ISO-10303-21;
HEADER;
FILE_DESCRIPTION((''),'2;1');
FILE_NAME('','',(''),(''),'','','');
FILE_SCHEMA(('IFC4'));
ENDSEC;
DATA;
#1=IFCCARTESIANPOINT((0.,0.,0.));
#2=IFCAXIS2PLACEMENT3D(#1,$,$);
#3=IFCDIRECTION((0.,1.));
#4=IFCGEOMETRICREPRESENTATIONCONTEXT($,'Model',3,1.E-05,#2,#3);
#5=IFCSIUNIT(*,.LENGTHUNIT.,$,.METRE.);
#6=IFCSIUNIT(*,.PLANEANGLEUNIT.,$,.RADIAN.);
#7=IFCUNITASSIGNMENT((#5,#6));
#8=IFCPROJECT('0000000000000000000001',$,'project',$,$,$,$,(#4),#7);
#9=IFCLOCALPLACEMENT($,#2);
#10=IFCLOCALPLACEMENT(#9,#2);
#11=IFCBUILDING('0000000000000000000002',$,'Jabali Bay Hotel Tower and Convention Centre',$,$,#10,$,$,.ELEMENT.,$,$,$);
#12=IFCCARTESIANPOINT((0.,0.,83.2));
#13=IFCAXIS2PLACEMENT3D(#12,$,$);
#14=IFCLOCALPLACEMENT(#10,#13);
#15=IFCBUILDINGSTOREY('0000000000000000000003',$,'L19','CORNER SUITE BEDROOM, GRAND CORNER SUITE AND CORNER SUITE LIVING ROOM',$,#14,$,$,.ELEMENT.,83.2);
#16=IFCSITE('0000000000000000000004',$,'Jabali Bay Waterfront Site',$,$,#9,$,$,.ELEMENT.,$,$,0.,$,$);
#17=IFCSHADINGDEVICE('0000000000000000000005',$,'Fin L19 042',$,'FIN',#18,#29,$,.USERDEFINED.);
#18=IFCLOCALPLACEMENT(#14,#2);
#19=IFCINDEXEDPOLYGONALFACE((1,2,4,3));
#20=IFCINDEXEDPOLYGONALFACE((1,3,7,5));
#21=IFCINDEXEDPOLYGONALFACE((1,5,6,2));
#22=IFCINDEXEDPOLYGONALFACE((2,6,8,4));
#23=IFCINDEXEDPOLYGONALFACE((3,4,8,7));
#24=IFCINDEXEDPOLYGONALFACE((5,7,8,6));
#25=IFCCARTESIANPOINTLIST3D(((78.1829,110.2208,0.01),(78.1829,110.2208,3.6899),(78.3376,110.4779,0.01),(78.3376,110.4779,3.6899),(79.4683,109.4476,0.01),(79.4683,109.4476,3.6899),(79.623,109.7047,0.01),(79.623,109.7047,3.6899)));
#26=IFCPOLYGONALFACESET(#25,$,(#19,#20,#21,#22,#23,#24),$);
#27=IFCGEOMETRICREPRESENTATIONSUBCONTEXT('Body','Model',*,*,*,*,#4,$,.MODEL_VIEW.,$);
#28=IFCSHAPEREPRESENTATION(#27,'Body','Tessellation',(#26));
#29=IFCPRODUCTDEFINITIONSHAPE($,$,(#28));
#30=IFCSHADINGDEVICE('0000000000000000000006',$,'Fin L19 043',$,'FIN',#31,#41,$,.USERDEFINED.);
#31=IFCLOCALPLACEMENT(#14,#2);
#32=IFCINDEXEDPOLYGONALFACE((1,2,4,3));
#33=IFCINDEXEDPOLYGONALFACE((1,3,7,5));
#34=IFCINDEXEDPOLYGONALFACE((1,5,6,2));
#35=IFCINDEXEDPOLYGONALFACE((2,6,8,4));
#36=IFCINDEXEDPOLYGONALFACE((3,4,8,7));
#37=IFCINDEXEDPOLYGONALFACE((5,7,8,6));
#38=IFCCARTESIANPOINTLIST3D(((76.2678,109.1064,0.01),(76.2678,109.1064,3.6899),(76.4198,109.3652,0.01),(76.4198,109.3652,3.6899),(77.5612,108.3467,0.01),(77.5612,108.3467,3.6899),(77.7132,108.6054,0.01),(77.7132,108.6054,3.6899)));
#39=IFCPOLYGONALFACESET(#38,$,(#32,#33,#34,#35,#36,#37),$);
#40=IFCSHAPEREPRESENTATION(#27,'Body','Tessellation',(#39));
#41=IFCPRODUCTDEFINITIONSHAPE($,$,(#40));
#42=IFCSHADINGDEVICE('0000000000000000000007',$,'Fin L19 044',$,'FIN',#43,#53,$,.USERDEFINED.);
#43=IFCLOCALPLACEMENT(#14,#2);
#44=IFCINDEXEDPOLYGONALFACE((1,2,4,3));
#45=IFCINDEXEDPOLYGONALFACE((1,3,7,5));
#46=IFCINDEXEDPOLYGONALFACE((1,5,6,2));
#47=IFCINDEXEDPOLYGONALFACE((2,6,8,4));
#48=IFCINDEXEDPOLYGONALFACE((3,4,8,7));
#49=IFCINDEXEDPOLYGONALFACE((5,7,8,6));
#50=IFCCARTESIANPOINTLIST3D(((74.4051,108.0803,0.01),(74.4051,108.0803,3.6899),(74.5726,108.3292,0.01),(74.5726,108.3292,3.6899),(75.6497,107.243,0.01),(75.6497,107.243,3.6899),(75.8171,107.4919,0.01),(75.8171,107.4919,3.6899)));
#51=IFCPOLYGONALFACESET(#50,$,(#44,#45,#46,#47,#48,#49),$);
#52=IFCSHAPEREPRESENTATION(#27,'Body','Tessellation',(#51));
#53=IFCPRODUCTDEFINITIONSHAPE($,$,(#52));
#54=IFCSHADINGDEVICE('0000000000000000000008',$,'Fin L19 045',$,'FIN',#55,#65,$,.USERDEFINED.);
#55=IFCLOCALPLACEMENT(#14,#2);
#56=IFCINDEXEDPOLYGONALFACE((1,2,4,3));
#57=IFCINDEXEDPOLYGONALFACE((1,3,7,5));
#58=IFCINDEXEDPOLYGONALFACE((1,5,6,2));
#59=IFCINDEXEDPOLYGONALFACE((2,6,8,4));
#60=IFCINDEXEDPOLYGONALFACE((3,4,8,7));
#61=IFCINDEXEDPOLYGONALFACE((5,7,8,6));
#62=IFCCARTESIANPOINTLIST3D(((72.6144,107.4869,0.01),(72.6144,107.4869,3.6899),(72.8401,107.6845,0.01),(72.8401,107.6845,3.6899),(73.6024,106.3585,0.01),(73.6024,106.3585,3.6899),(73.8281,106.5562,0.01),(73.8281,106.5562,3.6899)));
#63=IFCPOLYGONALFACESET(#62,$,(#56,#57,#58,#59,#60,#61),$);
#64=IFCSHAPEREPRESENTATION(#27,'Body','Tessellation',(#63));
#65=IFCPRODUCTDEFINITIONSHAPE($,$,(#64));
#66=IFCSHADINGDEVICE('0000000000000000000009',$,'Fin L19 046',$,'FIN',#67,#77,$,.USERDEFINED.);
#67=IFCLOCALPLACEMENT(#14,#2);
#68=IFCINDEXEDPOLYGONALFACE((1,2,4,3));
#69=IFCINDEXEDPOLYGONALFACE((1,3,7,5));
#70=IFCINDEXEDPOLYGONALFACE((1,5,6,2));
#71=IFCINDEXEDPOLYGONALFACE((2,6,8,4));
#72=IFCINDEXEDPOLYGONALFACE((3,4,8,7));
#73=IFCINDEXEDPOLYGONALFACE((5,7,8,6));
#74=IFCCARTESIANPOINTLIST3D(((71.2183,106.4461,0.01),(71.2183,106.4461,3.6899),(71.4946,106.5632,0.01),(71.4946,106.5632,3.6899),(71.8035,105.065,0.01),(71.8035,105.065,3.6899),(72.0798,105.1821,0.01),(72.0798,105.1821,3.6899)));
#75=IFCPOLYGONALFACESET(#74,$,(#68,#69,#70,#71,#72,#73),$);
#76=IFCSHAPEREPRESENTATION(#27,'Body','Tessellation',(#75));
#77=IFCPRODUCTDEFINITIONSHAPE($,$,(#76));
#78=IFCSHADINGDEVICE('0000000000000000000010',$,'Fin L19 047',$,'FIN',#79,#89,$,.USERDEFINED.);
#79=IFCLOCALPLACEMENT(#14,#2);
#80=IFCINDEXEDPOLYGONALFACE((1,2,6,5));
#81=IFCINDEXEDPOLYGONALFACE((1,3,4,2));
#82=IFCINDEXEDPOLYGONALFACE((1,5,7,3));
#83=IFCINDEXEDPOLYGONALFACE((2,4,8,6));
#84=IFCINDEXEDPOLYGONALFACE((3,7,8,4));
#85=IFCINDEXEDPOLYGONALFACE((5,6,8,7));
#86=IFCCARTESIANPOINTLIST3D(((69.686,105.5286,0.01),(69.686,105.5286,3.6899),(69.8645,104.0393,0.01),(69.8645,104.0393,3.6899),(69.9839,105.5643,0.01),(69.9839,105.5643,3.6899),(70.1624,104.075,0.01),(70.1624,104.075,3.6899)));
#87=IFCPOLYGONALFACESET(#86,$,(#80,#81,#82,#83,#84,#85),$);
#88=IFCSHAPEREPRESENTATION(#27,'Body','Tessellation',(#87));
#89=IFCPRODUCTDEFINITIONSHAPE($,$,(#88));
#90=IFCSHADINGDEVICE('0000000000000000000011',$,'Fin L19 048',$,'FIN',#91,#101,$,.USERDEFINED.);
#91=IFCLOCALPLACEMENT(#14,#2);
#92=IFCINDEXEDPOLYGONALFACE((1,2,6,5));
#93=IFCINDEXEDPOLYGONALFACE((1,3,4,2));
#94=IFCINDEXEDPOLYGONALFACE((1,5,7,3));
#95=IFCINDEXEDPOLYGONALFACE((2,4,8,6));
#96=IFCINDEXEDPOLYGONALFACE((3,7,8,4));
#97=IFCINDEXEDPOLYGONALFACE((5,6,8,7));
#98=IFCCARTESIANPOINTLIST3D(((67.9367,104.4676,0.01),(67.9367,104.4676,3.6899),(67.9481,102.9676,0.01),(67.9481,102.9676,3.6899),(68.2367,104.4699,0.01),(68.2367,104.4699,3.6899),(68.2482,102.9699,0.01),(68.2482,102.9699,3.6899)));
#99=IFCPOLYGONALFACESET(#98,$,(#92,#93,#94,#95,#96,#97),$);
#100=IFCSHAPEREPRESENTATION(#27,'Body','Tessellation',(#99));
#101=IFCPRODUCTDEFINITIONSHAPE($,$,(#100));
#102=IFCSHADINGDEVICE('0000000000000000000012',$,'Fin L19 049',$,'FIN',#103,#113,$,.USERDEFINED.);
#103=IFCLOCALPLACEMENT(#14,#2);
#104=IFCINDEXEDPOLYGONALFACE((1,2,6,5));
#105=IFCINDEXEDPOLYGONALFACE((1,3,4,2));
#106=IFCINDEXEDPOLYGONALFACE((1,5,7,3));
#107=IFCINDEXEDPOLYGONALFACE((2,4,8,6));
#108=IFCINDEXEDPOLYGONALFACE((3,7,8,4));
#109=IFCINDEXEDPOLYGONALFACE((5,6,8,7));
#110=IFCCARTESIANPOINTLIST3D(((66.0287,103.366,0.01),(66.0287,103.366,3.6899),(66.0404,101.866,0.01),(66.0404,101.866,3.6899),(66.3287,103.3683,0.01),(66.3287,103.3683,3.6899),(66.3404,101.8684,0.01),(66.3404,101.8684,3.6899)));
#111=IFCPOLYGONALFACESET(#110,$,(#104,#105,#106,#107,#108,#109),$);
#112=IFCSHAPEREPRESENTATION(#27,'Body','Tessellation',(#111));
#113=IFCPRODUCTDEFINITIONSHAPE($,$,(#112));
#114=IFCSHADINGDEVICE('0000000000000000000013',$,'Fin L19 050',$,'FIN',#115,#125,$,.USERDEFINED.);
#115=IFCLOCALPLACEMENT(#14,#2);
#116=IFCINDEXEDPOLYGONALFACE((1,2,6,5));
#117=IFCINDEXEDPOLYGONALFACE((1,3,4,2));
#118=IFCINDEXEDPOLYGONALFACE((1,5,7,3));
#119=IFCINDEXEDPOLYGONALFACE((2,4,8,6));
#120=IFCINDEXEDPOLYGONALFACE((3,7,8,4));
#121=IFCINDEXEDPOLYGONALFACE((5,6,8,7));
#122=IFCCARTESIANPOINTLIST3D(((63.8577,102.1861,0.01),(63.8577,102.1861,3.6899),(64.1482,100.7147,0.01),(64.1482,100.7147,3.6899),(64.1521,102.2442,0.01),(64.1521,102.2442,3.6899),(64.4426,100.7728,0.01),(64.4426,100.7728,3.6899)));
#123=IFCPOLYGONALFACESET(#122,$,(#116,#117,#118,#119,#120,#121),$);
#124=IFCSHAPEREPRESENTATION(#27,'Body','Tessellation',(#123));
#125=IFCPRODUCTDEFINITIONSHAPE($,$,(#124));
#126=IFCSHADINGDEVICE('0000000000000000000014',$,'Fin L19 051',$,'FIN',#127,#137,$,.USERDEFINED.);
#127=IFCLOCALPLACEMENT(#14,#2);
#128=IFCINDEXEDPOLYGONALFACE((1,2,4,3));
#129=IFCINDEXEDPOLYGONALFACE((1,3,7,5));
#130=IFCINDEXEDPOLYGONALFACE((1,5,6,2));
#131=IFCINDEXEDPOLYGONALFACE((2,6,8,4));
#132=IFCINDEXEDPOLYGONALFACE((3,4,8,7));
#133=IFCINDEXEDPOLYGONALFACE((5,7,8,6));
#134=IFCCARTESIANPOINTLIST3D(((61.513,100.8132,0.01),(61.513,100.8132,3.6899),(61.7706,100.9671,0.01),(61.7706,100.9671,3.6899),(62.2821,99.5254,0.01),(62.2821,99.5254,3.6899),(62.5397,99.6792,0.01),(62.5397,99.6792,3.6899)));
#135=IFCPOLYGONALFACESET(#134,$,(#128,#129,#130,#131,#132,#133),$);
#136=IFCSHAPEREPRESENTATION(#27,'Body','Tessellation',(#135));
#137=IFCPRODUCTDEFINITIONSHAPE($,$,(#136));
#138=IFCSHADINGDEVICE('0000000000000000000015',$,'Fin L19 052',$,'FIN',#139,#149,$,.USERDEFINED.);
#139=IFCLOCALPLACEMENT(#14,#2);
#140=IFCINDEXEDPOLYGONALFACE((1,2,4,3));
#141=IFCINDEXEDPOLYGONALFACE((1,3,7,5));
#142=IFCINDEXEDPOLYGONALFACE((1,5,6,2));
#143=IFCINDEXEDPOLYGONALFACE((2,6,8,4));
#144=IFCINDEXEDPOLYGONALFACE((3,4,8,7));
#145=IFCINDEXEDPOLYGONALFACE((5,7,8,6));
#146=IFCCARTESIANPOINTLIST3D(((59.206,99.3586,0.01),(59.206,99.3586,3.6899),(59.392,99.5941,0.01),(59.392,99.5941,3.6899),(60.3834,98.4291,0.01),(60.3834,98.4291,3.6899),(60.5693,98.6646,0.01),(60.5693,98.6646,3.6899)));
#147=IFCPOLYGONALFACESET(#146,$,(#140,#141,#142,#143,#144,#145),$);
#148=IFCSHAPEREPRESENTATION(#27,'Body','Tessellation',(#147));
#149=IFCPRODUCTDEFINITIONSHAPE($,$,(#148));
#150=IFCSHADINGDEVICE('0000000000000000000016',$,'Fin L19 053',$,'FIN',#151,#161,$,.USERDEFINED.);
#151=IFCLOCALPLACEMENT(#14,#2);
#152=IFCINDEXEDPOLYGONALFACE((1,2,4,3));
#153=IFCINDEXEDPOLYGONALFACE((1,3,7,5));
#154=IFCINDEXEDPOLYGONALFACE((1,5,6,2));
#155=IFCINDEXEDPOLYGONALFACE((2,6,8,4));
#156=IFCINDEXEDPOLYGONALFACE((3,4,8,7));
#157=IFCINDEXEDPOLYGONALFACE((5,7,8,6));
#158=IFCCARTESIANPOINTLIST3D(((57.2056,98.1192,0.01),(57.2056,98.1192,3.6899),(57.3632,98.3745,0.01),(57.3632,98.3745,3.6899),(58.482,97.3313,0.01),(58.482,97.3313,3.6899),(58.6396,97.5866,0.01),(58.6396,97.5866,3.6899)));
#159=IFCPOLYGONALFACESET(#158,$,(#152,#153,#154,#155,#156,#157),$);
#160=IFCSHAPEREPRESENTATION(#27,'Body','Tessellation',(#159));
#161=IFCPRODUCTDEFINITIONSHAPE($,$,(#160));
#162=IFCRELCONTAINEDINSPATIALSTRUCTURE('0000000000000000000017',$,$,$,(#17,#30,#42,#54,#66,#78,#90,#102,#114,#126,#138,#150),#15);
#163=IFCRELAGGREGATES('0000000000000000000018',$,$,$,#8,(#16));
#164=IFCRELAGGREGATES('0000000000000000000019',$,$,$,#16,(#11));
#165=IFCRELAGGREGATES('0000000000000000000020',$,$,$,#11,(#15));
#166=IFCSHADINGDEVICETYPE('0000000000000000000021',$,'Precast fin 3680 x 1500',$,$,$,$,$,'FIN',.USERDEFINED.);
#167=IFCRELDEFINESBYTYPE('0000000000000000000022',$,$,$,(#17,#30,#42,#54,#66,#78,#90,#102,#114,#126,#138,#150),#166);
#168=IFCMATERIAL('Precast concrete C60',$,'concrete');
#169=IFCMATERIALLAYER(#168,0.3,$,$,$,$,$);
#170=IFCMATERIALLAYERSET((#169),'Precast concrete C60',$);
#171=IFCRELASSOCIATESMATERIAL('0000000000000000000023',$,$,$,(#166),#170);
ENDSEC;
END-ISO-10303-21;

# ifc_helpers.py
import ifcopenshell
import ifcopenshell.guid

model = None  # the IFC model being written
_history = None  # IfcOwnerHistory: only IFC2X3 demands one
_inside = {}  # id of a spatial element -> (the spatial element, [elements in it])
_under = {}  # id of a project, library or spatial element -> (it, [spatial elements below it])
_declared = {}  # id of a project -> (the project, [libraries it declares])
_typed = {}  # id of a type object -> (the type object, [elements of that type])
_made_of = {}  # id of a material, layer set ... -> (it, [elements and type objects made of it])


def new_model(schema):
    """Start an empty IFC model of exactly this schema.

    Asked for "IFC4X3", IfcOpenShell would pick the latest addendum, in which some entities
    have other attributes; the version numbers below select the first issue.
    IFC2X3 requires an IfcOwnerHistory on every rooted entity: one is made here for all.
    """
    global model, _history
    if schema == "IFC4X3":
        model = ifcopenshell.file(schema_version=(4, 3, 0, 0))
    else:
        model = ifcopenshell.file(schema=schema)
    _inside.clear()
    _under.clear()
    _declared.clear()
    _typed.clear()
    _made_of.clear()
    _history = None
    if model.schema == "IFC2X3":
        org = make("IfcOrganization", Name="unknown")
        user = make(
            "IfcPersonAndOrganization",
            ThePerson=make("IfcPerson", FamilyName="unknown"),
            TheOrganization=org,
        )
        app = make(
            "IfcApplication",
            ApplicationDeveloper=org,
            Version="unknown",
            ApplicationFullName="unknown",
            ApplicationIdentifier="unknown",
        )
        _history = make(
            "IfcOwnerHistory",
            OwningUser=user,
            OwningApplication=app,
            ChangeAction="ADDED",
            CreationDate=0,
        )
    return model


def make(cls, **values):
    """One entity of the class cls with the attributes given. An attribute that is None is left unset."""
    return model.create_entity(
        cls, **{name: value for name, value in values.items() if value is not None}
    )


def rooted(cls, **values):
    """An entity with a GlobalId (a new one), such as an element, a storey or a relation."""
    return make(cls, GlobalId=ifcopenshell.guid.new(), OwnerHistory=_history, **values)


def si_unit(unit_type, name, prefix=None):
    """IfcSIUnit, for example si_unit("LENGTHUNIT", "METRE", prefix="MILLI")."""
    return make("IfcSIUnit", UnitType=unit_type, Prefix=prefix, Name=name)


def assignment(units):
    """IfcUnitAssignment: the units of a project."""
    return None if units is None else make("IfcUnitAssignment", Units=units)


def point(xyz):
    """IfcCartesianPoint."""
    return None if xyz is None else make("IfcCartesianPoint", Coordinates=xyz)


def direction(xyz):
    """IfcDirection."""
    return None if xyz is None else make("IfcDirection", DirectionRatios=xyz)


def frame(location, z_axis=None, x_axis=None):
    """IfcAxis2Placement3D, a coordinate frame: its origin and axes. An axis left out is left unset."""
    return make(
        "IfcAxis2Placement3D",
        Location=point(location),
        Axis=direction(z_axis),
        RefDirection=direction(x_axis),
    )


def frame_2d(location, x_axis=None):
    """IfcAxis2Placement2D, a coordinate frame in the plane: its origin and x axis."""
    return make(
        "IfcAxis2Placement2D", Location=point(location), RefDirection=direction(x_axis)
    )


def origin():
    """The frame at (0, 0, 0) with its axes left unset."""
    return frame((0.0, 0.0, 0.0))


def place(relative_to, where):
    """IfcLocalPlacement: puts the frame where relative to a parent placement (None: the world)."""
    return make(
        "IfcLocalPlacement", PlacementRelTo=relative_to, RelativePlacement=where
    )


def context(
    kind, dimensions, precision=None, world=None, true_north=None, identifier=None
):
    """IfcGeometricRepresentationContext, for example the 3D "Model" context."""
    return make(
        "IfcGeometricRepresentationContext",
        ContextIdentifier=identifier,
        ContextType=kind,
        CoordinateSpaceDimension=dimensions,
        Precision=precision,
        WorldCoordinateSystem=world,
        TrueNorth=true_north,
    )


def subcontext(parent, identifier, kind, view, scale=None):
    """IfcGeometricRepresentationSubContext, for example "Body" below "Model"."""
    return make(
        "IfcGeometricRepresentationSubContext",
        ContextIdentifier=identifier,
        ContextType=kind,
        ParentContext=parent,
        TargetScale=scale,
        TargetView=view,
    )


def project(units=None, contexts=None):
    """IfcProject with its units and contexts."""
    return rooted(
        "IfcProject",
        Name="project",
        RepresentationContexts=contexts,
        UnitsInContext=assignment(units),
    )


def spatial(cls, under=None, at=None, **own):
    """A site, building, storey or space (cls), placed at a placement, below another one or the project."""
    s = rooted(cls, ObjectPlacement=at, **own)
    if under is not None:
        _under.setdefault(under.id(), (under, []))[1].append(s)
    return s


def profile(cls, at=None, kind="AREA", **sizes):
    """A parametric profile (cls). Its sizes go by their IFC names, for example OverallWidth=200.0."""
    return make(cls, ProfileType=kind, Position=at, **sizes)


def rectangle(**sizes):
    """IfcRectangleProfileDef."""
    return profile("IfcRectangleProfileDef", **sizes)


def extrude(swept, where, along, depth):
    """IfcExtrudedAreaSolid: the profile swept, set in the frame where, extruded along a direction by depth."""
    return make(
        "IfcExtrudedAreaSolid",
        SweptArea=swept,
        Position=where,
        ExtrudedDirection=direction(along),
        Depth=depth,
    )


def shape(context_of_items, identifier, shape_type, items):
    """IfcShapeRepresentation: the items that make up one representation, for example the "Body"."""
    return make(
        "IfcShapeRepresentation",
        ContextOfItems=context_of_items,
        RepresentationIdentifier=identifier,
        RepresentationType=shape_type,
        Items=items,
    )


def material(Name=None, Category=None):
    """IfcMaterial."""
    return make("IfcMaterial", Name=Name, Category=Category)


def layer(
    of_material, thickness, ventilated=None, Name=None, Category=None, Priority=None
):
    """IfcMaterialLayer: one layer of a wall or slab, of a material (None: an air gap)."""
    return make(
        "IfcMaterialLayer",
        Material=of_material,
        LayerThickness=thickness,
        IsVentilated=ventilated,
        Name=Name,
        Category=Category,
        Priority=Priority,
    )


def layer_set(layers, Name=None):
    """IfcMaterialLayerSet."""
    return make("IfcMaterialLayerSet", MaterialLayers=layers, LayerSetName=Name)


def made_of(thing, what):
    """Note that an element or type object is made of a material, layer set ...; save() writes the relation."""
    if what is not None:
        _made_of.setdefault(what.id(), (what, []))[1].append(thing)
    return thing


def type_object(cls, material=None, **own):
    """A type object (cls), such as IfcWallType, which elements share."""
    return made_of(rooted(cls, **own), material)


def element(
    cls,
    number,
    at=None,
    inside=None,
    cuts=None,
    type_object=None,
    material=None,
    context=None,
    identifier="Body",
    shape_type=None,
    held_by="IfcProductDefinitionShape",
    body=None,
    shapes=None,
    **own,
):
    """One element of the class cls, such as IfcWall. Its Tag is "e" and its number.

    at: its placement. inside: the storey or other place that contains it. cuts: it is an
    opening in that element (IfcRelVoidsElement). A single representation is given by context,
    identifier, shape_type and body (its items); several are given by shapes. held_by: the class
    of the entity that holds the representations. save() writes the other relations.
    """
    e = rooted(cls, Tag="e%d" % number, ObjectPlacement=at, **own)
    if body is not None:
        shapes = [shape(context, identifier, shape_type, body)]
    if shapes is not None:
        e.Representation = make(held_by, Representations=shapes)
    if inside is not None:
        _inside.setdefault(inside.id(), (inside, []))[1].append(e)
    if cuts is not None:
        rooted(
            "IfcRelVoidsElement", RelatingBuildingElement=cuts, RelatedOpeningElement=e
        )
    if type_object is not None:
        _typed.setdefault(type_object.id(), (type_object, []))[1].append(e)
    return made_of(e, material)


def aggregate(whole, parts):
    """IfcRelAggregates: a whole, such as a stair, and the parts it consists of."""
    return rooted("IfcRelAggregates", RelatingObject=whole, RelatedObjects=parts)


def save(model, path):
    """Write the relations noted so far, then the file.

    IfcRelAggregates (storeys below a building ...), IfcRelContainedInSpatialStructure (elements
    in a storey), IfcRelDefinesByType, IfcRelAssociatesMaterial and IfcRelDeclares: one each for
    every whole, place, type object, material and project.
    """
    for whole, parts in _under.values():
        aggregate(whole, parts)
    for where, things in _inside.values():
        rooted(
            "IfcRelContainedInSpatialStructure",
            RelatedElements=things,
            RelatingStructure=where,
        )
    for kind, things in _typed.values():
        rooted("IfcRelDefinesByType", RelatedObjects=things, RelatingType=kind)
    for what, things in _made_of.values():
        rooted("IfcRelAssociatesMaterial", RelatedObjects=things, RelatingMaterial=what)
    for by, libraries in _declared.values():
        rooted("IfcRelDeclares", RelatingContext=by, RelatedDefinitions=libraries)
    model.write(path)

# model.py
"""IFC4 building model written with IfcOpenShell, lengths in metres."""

from ifc_helpers import new_model, si_unit, direction, frame, frame_2d, origin, place, context, subcontext, project, spatial, rectangle, extrude, material, layer, layer_set, type_object, element, save


model = new_model("IFC4")

# Units and contexts
model_context = context("Model", 3, precision=1e-05, world=origin(), true_north=direction((0.0, 1.0)))
body_context = subcontext(model_context, "Body", "Model", "MODEL_VIEW")
ifc_project = project(units=[si_unit("LENGTHUNIT", "METRE"), si_unit("PLANEANGLEUNIT", "RADIAN")], contexts=[model_context])

# Site, building, storey
site_placement = place(None, origin())
site = spatial("IfcSite", under=ifc_project, at=site_placement, Name="Jabali Bay Waterfront Site", CompositionType="ELEMENT", RefElevation=0.0)
building_placement = place(site_placement, origin())
building = spatial("IfcBuilding", under=site, at=building_placement, Name="Jabali Bay Hotel Tower and Convention Centre", CompositionType="ELEMENT")
storey_placement = place(building_placement, frame((0.0, 0.0, 83.2)))
storey = spatial("IfcBuildingStorey", under=building, at=storey_placement, Name="L19", Description="CORNER SUITE BEDROOM, GRAND CORNER SUITE AND CORNER SUITE LIVING ROOM", CompositionType="ELEMENT", Elevation=83.2)

# Shading devices
ifc_material_1 = material(Name="Precast concrete C60", Category="concrete")
ifc_layer_1 = layer(ifc_material_1, 0.3)
ifc_layer_set_1 = layer_set([ifc_layer_1], Name="Precast concrete C60")
shading_device_type = type_object("IfcShadingDeviceType", Name="Precast fin 3680 x 1500", ElementType="FIN", PredefinedType="USERDEFINED", material=ifc_layer_set_1)
for number, where, z_axis, x_axis, name in (
    (1, (79.5457, 109.5762, 0.01), (0.0, 0.0, 1.0), (-0.856918, 0.515453, 0.0), "Fin L19 042"),
    (2, (77.6372, 108.4761, 0.01), (0.0, 0.0, 1.0), (-0.862252, 0.506479, 0.0), "Fin L19 043"),
    (3, (75.7334, 107.3674, 0.01), (0.0, 0.0, 1.0), (-0.829689, 0.558226, 0.0), "Fin L19 044"),
):
    element("IfcShadingDevice", number, at=place(storey_placement, frame(where, z_axis=z_axis, x_axis=x_axis)), inside=storey, type_object=shading_device_type, Name=name, ObjectType="FIN", PredefinedType="USERDEFINED", context=body_context, shape_type="SweptSolid", body=[
        extrude(rectangle(XDim=1.5, YDim=0.3, at=frame_2d((0.75, 0.0))), origin(), (0.0, 0.0, 1.0), 3.6799),
    ])
shading_device_1_placement = place(storey_placement, frame((73.7153, 106.4573, 0.01), z_axis=(0.0, 0.0, 1.0), x_axis=(-0.658758, 0.752355, 0.0)))
element("IfcShadingDevice", 4, at=shading_device_1_placement, inside=storey, type_object=shading_device_type, Name="Fin L19 045", ObjectType="FIN", PredefinedType="USERDEFINED", context=body_context, shape_type="SweptSolid", body=[
    extrude(rectangle(XDim=1.4998, YDim=0.3, at=frame_2d((0.75, 0.0))), origin(), (0.0, 0.0, 1.0), 3.6799),
])
for number, where, z_axis, x_axis, name in (
    (5, (71.9417, 105.1235, 0.01), (0.0, 0.0, 1.0), (-0.390144, 0.920754, 0.0), "Fin L19 046"),
    (6, (70.0134, 104.0571, 0.01), (0.0, 0.0, 1.0), (-0.118985, 0.992896, 0.0), "Fin L19 047"),
    (7, (68.0981, 102.9688, 0.01), (0.0, 0.0, 1.0), (-0.00765, 0.999971, 0.0), "Fin L19 048"),
    (8, (66.1904, 101.8672, 0.01), (0.0, 0.0, 1.0), (-0.007812, 0.999969, 0.0), "Fin L19 049"),
):
    element("IfcShadingDevice", number, at=place(storey_placement, frame(where, z_axis=z_axis, x_axis=x_axis)), inside=storey, type_object=shading_device_type, Name=name, ObjectType="FIN", PredefinedType="USERDEFINED", context=body_context, shape_type="SweptSolid", body=[
        extrude(rectangle(XDim=1.5, YDim=0.3, at=frame_2d((0.75, 0.0))), origin(), (0.0, 0.0, 1.0), 3.6799),
    ])
shading_device_2_placement = place(storey_placement, frame((64.2954, 100.7437, 0.01), z_axis=(0.0, 0.0, 1.0), x_axis=(-0.193705, 0.98106, 0.0)))
element("IfcShadingDevice", 9, at=shading_device_2_placement, inside=storey, type_object=shading_device_type, Name="Fin L19 050", ObjectType="FIN", PredefinedType="USERDEFINED", context=body_context, shape_type="SweptSolid", body=[
    extrude(rectangle(XDim=1.4998, YDim=0.3, at=frame_2d((0.75, 0.0))), origin(), (0.0, 0.0, 1.0), 3.6799),
])
for number, where, z_axis, x_axis, name in (
    (10, (62.4109, 99.6023, 0.01), (0.0, 0.0, 1.0), (-0.512699, 0.858568, 0.0), "Fin L19 051"),
    (11, (60.4763, 98.5469, 0.01), (0.0, 0.0, 1.0), (-0.78487, 0.61966, 0.0), "Fin L19 052"),
    (12, (58.5608, 97.459, 0.01), (0.0, 0.0, 1.0), (-0.850948, 0.52525, 0.0), "Fin L19 053"),
):
    element("IfcShadingDevice", number, at=place(storey_placement, frame(where, z_axis=z_axis, x_axis=x_axis)), inside=storey, type_object=shading_device_type, Name=name, ObjectType="FIN", PredefinedType="USERDEFINED", context=body_context, shape_type="SweptSolid", body=[
        extrude(rectangle(XDim=1.5, YDim=0.3, at=frame_2d((0.75, 0.0))), origin(), (0.0, 0.0, 1.0), 3.6799),
    ])

save(model, "model.ifc")
